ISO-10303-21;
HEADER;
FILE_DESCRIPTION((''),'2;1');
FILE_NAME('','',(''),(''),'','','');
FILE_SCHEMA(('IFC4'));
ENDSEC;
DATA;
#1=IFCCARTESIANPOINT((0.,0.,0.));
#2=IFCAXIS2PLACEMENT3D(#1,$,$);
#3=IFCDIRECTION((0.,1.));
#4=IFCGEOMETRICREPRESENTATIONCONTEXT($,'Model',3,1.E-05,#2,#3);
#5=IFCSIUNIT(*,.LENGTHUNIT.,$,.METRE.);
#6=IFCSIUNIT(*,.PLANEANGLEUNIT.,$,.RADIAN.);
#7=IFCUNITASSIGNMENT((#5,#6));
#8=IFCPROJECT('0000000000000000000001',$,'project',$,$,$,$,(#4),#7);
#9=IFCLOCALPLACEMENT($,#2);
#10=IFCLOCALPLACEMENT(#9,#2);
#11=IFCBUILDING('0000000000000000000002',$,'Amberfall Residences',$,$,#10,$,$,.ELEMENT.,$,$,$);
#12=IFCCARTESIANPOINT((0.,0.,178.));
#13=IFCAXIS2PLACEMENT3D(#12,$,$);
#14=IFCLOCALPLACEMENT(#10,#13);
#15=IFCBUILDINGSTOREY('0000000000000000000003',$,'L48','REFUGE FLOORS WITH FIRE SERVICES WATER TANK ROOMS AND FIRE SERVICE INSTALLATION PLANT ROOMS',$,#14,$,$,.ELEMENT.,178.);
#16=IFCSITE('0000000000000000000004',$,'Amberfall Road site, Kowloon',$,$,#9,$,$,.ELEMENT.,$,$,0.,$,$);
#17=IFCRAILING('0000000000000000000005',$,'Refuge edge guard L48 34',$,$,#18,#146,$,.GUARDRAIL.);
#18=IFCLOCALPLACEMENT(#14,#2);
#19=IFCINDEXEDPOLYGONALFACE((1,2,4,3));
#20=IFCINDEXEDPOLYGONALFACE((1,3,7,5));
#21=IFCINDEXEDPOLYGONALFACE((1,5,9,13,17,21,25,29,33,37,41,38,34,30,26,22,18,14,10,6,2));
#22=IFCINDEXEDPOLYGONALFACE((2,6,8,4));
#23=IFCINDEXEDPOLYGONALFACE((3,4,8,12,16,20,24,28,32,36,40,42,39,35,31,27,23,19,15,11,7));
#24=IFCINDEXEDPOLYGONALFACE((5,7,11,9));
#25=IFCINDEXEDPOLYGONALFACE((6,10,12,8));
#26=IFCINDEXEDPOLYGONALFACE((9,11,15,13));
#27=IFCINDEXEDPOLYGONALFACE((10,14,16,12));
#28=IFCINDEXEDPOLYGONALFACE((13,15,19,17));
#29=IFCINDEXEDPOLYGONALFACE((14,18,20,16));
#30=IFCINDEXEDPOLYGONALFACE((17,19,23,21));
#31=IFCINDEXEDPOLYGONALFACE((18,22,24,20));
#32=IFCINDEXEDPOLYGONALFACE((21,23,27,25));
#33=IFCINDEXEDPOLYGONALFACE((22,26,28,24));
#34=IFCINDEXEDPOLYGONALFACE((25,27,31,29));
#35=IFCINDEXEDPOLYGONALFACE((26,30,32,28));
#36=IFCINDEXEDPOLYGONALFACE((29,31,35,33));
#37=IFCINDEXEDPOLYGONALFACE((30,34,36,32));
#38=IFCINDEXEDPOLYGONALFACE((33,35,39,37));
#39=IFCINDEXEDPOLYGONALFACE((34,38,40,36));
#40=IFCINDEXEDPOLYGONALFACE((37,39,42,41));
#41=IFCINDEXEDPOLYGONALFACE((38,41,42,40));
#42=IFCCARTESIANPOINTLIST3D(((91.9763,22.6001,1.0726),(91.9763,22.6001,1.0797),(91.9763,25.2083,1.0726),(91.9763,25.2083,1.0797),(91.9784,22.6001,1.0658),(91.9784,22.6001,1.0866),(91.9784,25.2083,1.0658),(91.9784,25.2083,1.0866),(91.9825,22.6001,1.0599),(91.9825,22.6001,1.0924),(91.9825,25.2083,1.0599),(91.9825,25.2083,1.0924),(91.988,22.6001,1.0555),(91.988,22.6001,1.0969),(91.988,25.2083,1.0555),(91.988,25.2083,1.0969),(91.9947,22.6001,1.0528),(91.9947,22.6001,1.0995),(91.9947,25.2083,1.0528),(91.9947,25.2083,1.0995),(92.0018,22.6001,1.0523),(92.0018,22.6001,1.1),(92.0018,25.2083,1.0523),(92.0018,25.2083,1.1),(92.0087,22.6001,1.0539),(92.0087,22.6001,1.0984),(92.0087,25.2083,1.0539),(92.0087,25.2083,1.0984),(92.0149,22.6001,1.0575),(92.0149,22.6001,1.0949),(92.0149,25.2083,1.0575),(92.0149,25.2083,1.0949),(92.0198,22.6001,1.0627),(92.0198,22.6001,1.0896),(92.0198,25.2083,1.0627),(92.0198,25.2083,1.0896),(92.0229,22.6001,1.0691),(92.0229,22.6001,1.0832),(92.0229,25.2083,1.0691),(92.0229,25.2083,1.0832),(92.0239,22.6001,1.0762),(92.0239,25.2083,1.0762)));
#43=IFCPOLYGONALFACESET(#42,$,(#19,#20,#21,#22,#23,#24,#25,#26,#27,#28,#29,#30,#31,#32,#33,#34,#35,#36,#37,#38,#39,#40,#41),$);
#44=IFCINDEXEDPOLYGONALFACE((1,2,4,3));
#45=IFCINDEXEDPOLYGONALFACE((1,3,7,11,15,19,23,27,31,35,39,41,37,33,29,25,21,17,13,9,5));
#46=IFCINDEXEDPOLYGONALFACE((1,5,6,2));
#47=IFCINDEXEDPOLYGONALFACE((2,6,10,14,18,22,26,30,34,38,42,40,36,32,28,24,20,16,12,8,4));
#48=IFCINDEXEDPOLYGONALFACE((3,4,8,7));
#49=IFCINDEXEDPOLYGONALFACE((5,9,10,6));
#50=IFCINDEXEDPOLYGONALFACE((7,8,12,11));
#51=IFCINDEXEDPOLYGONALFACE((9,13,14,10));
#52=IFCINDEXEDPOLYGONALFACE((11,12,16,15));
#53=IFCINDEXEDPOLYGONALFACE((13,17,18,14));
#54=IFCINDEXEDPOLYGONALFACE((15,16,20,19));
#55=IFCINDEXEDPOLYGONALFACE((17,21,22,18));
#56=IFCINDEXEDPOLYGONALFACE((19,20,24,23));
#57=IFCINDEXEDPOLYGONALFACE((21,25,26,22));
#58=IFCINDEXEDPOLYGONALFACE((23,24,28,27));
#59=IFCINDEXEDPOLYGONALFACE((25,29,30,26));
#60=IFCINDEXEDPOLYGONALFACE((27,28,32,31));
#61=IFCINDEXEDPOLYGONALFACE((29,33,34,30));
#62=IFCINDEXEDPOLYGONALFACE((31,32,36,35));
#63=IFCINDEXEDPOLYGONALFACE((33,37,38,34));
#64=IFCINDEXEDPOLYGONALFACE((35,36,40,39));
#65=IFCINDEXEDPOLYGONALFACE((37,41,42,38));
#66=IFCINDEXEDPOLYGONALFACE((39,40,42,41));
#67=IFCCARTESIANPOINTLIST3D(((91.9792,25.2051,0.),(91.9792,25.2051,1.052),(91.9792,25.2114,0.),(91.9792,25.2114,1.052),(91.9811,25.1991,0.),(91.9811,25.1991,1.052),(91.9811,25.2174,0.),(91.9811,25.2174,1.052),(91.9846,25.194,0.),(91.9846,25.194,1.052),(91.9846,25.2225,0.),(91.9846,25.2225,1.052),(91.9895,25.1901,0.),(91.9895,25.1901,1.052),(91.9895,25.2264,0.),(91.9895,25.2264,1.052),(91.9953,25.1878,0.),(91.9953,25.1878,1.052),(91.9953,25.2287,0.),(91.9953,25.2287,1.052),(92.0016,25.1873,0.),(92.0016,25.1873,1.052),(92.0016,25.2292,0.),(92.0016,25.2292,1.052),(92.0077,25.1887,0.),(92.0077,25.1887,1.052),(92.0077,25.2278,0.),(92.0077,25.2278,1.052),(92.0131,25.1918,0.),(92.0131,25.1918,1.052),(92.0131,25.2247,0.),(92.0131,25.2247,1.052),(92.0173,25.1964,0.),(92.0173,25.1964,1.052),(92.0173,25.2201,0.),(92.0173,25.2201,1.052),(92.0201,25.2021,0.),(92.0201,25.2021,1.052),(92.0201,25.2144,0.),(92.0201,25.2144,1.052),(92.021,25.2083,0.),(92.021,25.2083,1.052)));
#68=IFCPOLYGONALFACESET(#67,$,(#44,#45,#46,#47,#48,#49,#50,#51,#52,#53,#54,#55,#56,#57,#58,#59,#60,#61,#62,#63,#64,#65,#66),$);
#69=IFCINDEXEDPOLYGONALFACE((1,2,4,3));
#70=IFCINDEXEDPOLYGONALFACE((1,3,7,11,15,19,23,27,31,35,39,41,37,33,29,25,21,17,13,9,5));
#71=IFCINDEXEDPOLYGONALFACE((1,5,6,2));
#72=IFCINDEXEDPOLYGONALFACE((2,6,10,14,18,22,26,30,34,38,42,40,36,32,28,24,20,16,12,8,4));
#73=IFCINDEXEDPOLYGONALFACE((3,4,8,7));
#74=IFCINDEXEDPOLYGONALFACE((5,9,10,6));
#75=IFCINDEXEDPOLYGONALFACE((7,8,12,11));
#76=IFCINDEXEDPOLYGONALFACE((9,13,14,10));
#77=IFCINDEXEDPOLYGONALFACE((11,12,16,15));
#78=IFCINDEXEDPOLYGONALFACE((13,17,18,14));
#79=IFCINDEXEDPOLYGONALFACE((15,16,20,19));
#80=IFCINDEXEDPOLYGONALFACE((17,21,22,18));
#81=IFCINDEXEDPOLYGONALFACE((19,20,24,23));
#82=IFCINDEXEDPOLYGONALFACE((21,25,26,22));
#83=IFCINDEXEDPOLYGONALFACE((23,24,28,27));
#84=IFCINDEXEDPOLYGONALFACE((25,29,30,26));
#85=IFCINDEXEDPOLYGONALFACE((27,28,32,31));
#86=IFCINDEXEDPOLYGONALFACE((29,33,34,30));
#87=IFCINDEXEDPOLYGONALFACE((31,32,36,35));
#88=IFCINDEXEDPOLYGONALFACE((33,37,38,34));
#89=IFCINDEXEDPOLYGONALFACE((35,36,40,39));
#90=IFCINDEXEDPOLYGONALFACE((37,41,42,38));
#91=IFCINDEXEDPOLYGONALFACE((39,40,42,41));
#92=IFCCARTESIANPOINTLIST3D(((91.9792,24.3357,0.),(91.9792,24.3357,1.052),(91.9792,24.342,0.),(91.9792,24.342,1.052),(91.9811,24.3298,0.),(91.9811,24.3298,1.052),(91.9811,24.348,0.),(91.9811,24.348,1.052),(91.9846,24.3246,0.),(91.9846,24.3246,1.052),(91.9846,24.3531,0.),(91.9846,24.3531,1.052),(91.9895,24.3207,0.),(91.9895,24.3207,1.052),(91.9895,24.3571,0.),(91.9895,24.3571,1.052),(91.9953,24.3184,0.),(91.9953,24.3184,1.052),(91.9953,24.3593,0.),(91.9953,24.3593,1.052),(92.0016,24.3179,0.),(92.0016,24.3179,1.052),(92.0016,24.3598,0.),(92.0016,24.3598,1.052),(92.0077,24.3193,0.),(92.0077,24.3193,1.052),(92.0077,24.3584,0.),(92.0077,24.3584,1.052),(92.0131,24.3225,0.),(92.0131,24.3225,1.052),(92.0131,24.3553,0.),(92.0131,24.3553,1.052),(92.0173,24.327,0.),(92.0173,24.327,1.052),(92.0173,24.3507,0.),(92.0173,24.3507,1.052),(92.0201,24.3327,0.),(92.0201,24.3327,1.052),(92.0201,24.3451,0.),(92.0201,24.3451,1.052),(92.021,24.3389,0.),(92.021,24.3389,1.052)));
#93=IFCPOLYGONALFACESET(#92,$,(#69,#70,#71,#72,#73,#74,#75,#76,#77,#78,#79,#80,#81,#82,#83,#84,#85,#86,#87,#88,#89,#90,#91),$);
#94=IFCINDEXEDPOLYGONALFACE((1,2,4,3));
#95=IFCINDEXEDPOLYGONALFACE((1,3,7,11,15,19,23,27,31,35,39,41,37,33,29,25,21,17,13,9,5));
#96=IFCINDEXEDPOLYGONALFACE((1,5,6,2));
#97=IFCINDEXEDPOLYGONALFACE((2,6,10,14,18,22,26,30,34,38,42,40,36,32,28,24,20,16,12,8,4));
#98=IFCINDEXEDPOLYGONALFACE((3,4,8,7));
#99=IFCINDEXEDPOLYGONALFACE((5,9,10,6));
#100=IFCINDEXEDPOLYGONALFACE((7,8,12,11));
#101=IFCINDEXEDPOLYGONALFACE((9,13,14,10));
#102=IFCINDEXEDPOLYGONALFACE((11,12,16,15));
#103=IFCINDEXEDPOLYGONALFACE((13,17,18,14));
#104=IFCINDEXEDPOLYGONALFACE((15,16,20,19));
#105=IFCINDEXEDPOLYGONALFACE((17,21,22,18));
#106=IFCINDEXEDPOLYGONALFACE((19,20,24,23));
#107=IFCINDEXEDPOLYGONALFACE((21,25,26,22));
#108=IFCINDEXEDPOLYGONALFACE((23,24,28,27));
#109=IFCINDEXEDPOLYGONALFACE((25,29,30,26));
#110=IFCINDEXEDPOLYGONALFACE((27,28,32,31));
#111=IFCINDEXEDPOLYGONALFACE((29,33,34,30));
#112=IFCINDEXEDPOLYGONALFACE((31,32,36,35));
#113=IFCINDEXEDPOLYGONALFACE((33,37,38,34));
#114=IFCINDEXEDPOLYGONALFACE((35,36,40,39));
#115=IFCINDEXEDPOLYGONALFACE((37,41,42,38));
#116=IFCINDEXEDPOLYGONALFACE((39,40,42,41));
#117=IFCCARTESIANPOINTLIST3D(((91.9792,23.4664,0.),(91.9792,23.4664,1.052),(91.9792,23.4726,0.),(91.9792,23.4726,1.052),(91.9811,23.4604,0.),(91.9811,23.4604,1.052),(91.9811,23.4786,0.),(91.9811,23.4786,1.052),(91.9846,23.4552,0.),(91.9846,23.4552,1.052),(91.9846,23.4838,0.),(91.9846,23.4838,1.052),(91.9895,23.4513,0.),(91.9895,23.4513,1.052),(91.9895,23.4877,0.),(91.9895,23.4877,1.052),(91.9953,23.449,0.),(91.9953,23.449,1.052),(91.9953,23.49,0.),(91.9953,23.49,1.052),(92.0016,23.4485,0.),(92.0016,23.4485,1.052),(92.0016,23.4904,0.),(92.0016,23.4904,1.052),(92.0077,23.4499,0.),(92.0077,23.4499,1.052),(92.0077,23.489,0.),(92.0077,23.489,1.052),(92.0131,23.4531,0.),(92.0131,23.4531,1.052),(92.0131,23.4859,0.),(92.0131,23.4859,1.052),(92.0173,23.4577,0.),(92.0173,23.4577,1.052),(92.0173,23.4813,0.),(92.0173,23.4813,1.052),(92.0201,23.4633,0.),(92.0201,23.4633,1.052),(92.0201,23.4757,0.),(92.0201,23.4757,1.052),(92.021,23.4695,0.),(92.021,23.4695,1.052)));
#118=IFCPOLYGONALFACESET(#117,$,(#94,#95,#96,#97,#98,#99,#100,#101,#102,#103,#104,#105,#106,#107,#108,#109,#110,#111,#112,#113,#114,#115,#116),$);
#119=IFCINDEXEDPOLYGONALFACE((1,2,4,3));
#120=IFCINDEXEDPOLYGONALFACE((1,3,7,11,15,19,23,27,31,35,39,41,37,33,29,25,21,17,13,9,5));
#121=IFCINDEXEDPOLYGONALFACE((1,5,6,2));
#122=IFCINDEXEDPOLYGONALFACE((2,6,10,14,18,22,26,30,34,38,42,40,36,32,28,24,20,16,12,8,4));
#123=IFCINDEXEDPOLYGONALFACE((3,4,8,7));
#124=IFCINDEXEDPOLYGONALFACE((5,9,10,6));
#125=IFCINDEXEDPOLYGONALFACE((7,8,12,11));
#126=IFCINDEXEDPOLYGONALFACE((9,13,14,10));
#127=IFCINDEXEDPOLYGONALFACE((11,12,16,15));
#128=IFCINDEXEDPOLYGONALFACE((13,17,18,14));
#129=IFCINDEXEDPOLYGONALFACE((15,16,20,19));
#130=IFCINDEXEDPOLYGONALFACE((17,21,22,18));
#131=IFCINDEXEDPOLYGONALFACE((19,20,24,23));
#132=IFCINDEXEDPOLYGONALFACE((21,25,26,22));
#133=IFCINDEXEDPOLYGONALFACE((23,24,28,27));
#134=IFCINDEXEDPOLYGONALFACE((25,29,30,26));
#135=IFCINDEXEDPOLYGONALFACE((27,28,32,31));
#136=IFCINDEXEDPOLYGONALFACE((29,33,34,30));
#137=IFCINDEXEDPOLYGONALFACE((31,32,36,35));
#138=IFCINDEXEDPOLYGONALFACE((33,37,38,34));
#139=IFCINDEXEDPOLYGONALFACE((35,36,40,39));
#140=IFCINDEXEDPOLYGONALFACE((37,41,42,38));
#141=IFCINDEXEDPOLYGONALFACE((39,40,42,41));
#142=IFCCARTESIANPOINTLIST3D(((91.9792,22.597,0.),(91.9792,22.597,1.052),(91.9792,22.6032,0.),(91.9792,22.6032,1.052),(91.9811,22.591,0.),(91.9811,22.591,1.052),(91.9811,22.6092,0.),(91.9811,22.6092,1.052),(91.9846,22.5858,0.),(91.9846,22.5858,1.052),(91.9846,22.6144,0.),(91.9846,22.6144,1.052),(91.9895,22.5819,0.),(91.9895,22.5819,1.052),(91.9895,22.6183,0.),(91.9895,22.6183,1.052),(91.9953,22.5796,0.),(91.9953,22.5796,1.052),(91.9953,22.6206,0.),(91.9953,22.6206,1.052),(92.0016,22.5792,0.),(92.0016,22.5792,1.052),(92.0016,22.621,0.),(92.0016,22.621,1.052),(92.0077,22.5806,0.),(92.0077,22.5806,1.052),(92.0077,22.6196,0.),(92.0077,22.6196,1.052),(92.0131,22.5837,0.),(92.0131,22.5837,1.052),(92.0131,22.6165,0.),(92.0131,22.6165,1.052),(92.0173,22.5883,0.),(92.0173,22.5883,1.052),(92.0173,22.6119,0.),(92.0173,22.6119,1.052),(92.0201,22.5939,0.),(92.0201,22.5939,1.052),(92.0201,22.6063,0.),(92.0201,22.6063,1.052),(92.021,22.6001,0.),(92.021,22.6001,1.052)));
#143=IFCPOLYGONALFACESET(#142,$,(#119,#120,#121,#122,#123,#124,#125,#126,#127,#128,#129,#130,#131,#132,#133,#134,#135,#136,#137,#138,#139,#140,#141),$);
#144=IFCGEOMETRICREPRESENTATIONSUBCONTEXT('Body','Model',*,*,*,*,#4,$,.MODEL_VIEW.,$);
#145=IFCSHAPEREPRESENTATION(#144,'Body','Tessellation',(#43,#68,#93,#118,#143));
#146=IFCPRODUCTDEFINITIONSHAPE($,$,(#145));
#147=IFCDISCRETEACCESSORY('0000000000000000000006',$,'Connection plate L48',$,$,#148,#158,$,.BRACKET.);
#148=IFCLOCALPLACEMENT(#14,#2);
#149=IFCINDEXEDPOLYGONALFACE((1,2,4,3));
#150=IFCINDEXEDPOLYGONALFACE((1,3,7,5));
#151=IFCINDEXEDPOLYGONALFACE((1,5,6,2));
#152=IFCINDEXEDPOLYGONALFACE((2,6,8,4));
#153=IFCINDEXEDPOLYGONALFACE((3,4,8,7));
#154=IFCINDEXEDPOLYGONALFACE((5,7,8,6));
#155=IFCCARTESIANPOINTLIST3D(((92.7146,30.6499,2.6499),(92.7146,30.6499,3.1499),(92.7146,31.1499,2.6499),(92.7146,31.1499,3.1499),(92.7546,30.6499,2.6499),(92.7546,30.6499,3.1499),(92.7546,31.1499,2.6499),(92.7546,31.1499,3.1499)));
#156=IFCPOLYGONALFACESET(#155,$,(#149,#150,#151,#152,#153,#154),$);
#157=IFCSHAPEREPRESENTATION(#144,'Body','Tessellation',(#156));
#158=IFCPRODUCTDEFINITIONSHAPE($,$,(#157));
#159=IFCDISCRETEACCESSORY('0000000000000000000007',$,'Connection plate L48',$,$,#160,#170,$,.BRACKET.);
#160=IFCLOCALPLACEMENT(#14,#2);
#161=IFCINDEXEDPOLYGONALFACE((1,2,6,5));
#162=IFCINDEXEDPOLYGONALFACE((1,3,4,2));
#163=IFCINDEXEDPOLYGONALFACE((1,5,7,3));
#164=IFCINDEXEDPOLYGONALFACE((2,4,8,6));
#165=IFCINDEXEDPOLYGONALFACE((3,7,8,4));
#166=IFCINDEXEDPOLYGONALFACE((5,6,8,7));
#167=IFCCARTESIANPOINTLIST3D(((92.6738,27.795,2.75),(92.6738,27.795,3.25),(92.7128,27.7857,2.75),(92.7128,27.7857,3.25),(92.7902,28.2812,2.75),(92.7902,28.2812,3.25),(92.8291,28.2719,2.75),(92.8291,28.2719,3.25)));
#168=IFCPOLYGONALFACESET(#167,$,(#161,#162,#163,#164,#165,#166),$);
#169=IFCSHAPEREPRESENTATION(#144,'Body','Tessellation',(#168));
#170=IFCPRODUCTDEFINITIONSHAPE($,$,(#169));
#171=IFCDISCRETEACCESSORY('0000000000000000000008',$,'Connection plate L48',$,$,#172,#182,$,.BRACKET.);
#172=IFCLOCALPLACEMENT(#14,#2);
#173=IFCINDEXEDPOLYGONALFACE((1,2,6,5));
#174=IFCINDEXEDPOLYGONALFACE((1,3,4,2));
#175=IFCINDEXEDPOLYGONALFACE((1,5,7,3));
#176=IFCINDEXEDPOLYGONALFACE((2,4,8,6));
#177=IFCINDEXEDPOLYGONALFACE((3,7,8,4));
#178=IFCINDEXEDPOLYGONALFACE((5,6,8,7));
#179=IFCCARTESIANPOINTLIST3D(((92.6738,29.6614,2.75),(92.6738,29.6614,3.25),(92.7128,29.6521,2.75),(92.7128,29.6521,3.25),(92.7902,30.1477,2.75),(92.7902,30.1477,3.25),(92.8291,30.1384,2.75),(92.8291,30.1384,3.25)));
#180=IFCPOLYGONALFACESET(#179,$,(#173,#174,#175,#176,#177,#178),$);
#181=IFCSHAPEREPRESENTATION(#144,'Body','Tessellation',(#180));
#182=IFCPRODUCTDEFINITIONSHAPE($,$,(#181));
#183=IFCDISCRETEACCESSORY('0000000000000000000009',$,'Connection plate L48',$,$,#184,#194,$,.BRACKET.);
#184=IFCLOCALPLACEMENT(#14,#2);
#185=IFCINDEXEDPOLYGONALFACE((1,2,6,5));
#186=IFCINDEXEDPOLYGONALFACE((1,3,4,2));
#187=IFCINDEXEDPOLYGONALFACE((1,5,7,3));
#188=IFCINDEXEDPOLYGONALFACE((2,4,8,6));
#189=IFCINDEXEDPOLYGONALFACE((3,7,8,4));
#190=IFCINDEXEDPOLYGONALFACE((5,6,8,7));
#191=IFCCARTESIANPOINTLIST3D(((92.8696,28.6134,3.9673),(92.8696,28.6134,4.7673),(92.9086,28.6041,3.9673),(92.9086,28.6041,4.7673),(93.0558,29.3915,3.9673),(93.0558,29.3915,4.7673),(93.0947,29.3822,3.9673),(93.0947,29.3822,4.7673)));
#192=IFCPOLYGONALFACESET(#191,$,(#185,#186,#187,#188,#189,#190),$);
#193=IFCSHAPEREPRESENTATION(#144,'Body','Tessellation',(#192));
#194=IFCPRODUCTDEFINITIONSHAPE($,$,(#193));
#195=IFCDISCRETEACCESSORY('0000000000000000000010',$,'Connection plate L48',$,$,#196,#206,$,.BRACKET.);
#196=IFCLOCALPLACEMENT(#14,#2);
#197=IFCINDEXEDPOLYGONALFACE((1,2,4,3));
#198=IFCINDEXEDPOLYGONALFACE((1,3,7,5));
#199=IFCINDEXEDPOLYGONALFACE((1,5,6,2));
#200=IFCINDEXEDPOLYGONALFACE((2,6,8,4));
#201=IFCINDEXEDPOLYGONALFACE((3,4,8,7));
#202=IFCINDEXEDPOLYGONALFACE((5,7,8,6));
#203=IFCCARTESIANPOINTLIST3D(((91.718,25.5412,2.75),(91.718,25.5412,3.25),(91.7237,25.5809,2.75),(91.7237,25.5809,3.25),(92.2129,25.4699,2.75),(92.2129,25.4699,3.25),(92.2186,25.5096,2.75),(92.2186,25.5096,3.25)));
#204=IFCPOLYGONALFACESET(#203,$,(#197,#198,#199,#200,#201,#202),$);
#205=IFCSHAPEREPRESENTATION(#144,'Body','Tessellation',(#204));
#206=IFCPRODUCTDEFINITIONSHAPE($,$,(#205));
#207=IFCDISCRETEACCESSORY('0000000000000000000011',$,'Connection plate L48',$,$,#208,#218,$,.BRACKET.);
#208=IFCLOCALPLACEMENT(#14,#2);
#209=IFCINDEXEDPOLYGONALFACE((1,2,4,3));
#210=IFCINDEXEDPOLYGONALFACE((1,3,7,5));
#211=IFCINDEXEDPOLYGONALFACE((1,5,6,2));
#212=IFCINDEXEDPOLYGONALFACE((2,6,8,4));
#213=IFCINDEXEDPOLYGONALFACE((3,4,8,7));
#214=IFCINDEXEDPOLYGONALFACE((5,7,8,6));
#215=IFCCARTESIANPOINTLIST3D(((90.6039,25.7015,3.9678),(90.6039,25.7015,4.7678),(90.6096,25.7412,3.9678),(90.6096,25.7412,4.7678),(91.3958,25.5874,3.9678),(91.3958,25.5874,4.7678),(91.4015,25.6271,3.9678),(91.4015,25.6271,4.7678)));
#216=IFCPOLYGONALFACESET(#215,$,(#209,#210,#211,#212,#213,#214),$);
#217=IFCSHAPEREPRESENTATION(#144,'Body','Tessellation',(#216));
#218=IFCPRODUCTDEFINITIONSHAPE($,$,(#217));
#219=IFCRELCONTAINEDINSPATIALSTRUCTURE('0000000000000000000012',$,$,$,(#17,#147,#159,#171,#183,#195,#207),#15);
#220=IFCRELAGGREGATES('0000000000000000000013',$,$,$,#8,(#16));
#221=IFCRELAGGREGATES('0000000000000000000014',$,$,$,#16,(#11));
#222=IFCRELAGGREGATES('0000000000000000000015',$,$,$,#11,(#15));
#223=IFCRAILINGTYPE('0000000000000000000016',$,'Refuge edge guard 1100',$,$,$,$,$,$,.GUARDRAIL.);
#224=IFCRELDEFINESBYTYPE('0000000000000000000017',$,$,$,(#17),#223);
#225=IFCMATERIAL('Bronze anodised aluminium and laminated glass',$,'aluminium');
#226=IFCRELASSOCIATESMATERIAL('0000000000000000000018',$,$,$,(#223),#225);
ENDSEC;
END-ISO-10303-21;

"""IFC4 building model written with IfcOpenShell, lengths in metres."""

from ifc_helpers import new_model, si_unit, direction, frame, origin, origin_2d, place, context, subcontext, project, spatial, rectangle, circle, extrude, material, type_object, element, save


model = new_model("IFC4")

# Units and contexts
model_context = context("Model", 3, precision=1e-05, world=origin(), true_north=direction((0.0, 1.0)))
body_context = subcontext(model_context, "Body", "Model", "MODEL_VIEW")
ifc_project = project(units=[si_unit("LENGTHUNIT", "METRE"), si_unit("PLANEANGLEUNIT", "RADIAN")], contexts=[model_context])

# Site, building, storey
site_placement = place(None, origin())
site = spatial("IfcSite", under=ifc_project, at=site_placement, Name="Amberfall Road site, Kowloon", CompositionType="ELEMENT", RefElevation=0.0)
building_placement = place(site_placement, origin())
building = spatial("IfcBuilding", under=site, at=building_placement, Name="Amberfall Residences", CompositionType="ELEMENT")
storey_placement = place(building_placement, frame((0.0, 0.0, 178.0)))
storey = spatial("IfcBuildingStorey", under=building, at=storey_placement, Name="L48", Description="REFUGE FLOORS WITH FIRE SERVICES WATER TANK ROOMS AND FIRE SERVICE INSTALLATION PLANT ROOMS", CompositionType="ELEMENT", Elevation=178.0)

# Railing
ifc_material_1 = material(Name="Bronze anodised aluminium and laminated glass", Category="aluminium")
railing_type = type_object("IfcRailingType", Name="Refuge edge guard 1100", PredefinedType="GUARDRAIL", material=ifc_material_1)
railing_1_placement = place(storey_placement, frame((92.0, 25.2083, 0.0)))
element("IfcRailing", 1, at=railing_1_placement, inside=storey, type_object=railing_type, Name="Refuge edge guard L48 34", PredefinedType="GUARDRAIL", context=body_context, shape_type="SweptSolid", body=[
    extrude(circle(Radius=0.0239, at=origin_2d()), frame((0.0, 0.0, 1.0762), z_axis=(0.0, -1.0, 0.0), x_axis=(1.0, 0.0, 0.0)), (0.0, 0.0, 1.0), 2.6082),
    extrude(circle(Radius=0.021, at=origin_2d()), origin(), (0.0, 0.0, 1.0), 1.052),
    extrude(circle(Radius=0.021, at=origin_2d()), frame((0.0, -0.8694, 0.0)), (0.0, 0.0, 1.0), 1.052),
    extrude(circle(Radius=0.021, at=origin_2d()), frame((0.0, -1.7388, 0.0)), (0.0, 0.0, 1.0), 1.052),
    extrude(circle(Radius=0.021, at=origin_2d()), frame((0.0, -2.6082, 0.0)), (0.0, 0.0, 1.0), 1.052),
])

# Discrete accessories
for number, where, z_axis, x_axis, name in (
    (2, (92.7346, 30.8999, 2.6499), (0.0, 0.0, 1.0), (0.0, 1.0, 0.0), "Connection plate L48"),
    (3, (92.7515, 28.0334, 2.75), (0.0, 0.0, 1.0), (0.232699, 0.972549, 0.0), "Connection plate L48"),
    (4, (92.7515, 29.8999, 2.75), (0.0, 0.0, 1.0), (0.232699, 0.972549, 0.0), "Connection plate L48"),
):
    element("IfcDiscreteAccessory", number, at=place(storey_placement, frame(where, z_axis=z_axis, x_axis=x_axis)), inside=storey, Name=name, PredefinedType="BRACKET", context=body_context, shape_type="SweptSolid", body=[
        extrude(rectangle(XDim=0.5, YDim=0.04, at=origin_2d()), origin(), (0.0, 0.0, 1.0), 0.5),
    ])
discrete_accessory_1_placement = place(storey_placement, frame((92.9822, 28.9978, 3.9673), z_axis=(0.0, 0.0, 1.0), x_axis=(0.232699, 0.972549, 0.0)))
element("IfcDiscreteAccessory", 5, at=discrete_accessory_1_placement, inside=storey, Name="Connection plate L48", PredefinedType="BRACKET", context=body_context, shape_type="SweptSolid", body=[
    extrude(rectangle(XDim=0.8, YDim=0.04, at=origin_2d()), origin(), (0.0, 0.0, 1.0), 0.8),
])
discrete_accessory_2_placement = place(storey_placement, frame((91.9683, 25.5254, 2.75), z_axis=(0.0, 0.0, 1.0), x_axis=(-0.989779, 0.142612, 0.0)))
element("IfcDiscreteAccessory", 6, at=discrete_accessory_2_placement, inside=storey, Name="Connection plate L48", PredefinedType="BRACKET", context=body_context, shape_type="SweptSolid", body=[
    extrude(rectangle(XDim=0.5, YDim=0.04, at=origin_2d()), origin(), (0.0, 0.0, 1.0), 0.5),
])
discrete_accessory_3_placement = place(storey_placement, frame((91.0027, 25.6643, 3.9678), z_axis=(0.0, 0.0, 1.0), x_axis=(-0.989779, 0.142612, 0.0)))
element("IfcDiscreteAccessory", 7, at=discrete_accessory_3_placement, inside=storey, Name="Connection plate L48", PredefinedType="BRACKET", context=body_context, shape_type="SweptSolid", body=[
    extrude(rectangle(XDim=0.8, YDim=0.04, at=origin_2d()), origin(), (0.0, 0.0, 1.0), 0.8),
])

save(model, "model.ifc")
